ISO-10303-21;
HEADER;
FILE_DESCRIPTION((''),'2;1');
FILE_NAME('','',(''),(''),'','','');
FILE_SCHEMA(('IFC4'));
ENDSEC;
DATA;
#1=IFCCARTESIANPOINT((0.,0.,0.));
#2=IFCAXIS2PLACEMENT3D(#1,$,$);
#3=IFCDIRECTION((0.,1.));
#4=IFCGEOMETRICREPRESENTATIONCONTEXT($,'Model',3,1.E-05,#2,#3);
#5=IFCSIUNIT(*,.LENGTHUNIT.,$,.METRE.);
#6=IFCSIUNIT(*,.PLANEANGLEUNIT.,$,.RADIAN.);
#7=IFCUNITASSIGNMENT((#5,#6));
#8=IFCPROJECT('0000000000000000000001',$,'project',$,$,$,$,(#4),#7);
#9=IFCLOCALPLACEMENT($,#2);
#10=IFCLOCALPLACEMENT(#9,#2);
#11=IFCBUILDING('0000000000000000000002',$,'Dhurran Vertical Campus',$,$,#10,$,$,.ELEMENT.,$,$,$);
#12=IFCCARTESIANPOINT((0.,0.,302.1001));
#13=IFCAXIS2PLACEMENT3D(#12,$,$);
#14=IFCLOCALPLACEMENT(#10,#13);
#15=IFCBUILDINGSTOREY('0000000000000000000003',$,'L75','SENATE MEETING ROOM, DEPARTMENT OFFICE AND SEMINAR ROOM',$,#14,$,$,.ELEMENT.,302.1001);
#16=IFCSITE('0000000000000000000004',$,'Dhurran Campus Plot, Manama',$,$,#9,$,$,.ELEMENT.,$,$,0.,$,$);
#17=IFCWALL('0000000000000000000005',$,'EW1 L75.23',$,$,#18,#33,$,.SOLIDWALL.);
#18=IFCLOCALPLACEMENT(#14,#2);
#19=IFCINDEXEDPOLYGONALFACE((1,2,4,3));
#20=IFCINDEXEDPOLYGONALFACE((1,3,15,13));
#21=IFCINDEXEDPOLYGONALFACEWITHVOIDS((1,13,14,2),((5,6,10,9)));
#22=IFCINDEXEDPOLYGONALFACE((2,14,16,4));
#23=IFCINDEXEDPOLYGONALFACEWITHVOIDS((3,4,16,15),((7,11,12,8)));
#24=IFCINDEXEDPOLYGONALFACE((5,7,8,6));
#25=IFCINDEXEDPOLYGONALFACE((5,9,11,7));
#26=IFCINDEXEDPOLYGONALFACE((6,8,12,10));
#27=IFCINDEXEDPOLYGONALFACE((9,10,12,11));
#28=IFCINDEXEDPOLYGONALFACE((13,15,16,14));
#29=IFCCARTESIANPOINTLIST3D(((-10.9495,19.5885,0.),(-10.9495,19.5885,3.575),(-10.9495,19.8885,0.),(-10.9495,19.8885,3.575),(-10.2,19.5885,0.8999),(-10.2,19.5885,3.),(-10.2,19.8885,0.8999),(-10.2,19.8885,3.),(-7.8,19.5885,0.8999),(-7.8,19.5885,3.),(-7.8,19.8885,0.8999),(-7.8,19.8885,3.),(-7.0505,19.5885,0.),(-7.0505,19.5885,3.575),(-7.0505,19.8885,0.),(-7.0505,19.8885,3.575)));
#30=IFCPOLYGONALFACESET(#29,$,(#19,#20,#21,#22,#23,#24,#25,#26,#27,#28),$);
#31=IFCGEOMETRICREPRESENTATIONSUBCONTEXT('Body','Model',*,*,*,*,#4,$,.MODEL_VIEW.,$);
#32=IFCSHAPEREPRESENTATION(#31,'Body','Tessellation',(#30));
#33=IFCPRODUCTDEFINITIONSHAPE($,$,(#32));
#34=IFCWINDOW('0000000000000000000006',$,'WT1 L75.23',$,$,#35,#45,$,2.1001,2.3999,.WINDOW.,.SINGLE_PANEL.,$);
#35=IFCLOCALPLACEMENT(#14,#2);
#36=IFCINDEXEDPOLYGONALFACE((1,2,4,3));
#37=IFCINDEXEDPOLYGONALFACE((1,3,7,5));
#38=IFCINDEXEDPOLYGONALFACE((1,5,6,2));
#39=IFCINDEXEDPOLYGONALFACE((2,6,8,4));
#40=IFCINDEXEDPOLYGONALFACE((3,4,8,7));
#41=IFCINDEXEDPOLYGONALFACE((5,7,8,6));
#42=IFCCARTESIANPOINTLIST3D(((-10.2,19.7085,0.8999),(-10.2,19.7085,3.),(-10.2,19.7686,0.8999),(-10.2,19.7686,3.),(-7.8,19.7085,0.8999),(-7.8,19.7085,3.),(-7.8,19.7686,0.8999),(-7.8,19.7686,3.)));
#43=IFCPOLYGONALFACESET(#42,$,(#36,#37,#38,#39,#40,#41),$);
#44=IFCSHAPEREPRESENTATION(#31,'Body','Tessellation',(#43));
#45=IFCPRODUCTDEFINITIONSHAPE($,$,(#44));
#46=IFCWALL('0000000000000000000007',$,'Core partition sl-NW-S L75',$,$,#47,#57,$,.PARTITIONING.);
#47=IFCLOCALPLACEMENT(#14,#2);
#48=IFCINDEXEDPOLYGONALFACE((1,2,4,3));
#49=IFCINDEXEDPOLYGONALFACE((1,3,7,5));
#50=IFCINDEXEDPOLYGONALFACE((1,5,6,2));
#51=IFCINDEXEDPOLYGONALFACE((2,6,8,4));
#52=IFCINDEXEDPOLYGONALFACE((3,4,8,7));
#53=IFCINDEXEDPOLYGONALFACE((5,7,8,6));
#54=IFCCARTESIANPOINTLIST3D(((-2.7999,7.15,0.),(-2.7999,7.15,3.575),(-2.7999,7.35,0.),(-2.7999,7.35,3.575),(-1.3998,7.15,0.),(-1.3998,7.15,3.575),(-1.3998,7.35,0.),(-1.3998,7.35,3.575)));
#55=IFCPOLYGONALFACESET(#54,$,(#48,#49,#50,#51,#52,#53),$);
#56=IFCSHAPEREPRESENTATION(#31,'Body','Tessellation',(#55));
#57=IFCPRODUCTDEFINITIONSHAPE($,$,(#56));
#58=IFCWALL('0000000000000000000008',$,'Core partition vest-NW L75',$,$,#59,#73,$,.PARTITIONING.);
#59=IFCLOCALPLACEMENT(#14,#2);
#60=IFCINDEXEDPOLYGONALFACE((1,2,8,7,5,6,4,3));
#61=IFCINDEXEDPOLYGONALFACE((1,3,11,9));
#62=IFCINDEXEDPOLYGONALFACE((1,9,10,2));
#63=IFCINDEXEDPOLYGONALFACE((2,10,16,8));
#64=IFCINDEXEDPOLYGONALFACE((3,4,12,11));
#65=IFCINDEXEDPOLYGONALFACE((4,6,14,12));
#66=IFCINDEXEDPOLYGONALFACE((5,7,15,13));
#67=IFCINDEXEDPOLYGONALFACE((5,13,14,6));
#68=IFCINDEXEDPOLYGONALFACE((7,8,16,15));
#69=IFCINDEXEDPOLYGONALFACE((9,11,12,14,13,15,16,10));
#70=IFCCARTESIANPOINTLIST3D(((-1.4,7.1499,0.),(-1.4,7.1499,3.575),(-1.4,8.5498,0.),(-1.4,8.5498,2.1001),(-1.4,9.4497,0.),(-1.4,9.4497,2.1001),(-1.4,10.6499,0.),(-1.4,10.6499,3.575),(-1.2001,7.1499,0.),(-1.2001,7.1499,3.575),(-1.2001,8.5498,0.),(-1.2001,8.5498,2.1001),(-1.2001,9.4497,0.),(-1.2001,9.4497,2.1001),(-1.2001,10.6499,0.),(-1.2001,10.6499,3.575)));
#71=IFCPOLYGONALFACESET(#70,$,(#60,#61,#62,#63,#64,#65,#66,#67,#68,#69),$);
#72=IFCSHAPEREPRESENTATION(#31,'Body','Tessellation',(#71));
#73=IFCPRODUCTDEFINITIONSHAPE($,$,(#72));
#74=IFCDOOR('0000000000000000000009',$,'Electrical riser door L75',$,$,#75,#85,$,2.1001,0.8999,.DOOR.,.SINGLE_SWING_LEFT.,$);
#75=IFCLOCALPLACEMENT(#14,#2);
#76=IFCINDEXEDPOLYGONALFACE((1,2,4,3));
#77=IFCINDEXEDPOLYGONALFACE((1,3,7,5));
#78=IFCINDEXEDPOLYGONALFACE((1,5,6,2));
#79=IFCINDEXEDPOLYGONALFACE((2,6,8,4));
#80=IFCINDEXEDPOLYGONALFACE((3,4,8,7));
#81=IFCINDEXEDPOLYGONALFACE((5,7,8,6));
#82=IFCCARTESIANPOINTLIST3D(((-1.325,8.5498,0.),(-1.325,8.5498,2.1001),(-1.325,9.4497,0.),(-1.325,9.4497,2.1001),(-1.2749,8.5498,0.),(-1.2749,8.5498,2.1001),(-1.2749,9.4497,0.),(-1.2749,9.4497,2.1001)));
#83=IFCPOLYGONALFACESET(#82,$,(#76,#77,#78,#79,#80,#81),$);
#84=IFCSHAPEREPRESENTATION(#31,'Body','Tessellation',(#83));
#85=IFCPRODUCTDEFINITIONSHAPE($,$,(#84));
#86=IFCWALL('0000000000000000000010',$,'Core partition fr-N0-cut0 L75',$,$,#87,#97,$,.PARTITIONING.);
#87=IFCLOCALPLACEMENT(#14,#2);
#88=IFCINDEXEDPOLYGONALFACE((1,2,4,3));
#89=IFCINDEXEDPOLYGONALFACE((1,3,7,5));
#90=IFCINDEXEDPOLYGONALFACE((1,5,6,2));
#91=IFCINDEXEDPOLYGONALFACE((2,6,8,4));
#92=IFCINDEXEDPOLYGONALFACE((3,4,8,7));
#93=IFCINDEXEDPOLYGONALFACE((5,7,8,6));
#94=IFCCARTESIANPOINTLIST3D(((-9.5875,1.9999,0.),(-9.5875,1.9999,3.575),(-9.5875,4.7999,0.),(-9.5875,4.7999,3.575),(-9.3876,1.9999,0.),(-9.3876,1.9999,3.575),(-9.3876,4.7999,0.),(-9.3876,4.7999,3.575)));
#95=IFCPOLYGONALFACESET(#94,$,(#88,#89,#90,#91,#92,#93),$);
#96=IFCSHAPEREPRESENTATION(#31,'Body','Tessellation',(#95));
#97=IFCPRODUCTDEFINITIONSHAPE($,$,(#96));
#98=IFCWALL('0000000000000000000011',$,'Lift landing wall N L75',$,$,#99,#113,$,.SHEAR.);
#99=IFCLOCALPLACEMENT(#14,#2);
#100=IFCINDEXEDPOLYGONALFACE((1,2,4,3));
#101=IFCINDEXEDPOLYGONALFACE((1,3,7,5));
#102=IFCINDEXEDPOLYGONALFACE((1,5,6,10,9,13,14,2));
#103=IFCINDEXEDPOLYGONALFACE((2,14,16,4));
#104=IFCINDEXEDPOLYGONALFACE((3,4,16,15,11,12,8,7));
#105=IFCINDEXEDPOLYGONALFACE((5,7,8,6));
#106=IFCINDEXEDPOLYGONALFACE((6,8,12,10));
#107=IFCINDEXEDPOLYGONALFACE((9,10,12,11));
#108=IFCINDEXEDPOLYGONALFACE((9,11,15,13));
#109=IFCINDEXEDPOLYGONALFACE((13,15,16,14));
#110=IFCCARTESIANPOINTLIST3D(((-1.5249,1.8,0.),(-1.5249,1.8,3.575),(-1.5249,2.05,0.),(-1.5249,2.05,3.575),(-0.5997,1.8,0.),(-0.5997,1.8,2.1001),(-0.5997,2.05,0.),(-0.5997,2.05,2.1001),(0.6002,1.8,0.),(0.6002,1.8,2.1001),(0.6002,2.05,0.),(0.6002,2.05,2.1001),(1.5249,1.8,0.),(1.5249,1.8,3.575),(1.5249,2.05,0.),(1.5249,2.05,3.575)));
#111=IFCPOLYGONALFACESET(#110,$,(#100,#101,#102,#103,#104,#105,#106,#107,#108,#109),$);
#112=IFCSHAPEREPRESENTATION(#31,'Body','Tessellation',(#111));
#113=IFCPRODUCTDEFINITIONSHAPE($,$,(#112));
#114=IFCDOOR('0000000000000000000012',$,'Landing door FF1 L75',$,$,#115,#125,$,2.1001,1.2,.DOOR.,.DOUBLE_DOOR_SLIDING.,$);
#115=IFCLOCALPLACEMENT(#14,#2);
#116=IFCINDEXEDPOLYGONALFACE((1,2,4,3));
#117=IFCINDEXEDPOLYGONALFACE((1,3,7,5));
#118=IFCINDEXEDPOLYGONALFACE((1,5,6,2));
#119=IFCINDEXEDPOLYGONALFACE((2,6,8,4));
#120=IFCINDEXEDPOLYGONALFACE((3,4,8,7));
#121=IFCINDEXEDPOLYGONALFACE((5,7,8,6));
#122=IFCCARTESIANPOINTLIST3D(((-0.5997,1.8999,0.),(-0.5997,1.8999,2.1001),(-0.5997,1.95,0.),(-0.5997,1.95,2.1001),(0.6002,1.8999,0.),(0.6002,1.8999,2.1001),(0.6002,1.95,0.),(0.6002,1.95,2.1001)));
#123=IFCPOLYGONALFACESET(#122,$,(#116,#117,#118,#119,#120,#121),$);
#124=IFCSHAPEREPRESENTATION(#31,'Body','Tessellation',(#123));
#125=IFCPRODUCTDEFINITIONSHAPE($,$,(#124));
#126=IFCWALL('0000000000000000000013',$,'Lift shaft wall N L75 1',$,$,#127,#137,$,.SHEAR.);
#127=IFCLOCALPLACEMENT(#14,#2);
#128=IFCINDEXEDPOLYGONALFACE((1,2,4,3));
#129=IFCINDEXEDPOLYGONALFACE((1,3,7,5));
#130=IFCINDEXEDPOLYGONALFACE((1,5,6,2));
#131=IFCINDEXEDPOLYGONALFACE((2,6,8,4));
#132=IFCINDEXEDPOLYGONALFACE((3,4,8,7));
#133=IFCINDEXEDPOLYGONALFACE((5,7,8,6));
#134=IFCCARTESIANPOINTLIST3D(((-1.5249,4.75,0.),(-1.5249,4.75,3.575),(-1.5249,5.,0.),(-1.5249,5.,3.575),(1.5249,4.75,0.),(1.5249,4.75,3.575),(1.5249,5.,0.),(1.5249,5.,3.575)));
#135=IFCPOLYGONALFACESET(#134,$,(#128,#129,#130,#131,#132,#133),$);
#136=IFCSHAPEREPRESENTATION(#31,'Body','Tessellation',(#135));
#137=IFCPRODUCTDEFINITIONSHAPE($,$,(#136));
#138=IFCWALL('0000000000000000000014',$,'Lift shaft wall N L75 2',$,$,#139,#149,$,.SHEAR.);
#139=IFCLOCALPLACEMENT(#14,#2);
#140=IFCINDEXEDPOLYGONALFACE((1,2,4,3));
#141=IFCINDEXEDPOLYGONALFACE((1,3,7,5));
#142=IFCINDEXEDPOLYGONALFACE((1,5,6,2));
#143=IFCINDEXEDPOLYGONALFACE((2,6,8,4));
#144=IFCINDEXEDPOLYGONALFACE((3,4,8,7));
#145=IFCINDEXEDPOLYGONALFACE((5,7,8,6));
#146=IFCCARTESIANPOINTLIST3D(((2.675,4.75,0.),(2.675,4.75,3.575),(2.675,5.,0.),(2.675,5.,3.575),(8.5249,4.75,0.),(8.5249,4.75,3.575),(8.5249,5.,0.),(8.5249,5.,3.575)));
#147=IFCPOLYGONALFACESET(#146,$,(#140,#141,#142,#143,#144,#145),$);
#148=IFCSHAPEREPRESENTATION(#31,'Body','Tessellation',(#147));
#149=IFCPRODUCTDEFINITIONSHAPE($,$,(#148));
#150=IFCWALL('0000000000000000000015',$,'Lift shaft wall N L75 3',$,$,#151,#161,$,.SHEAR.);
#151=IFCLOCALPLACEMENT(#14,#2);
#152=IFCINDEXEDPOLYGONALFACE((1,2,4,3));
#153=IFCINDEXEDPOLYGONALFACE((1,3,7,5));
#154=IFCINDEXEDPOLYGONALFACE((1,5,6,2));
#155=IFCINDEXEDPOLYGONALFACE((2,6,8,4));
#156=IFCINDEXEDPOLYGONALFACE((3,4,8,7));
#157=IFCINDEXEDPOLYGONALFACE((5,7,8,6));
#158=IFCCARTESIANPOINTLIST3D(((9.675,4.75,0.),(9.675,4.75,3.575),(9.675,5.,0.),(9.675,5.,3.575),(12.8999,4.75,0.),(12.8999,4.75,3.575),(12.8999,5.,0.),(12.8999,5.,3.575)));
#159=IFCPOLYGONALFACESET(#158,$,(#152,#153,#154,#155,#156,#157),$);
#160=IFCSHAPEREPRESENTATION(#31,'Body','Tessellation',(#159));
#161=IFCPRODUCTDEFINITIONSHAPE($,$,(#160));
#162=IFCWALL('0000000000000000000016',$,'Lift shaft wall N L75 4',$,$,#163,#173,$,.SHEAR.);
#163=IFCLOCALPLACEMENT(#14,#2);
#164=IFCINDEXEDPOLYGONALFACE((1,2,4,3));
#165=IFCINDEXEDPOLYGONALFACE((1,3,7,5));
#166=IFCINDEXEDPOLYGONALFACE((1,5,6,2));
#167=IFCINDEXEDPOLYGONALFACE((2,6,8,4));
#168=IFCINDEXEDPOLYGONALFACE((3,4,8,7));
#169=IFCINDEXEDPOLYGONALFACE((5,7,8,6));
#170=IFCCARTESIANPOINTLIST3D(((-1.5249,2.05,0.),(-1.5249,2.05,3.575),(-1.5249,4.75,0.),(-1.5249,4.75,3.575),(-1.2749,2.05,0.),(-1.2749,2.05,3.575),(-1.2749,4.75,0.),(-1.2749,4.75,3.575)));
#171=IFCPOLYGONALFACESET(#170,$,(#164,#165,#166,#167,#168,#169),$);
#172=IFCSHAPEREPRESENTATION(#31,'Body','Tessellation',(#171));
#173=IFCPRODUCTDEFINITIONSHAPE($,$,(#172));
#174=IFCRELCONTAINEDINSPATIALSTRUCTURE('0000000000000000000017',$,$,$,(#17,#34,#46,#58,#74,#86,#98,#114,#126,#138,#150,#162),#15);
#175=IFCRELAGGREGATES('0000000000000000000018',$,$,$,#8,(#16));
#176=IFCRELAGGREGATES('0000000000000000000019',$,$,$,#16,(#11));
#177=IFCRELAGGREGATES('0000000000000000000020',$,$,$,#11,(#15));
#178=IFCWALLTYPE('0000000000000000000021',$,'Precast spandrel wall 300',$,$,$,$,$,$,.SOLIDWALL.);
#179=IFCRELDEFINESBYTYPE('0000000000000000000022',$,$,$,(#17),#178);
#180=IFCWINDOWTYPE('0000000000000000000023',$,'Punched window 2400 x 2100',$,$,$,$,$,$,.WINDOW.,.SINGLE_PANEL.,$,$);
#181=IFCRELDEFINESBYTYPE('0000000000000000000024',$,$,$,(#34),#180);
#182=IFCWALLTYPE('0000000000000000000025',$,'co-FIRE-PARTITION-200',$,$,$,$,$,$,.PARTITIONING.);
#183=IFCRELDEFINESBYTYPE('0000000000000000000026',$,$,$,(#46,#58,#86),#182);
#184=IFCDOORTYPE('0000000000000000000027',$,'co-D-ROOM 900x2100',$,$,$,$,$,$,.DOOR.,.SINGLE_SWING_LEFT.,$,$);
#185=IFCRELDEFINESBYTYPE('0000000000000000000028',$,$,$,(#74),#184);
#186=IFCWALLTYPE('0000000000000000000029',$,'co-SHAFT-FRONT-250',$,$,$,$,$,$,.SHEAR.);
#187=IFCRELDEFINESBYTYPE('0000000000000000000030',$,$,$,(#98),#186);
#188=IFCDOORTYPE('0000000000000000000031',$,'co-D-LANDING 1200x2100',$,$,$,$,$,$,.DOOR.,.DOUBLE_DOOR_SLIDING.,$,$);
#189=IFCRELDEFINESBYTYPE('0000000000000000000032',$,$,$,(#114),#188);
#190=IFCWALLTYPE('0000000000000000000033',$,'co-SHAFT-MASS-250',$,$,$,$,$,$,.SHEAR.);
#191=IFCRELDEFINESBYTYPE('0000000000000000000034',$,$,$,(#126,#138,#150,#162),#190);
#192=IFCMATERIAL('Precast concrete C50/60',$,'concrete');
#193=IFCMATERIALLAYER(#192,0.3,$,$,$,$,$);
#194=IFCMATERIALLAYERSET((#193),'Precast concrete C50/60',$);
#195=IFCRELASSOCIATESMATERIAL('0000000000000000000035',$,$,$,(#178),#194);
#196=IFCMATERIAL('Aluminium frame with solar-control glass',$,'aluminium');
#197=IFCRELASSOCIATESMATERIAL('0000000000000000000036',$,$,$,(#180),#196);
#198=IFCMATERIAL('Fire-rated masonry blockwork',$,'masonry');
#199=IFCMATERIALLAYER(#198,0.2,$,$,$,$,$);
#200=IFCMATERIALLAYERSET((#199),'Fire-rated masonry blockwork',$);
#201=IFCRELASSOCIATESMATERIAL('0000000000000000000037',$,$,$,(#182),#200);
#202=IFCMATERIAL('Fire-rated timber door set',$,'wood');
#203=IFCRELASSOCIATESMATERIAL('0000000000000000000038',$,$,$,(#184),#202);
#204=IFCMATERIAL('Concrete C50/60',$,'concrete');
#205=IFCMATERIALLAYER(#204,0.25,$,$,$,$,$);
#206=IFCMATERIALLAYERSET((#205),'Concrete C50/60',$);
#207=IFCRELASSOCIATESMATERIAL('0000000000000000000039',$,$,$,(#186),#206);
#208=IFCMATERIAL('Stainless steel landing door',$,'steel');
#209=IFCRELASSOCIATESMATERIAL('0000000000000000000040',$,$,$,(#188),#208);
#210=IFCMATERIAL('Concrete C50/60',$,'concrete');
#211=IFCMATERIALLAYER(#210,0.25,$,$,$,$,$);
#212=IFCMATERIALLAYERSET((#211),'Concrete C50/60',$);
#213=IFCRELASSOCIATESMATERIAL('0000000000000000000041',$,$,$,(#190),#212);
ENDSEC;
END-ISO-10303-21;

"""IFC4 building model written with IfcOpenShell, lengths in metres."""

from ifc_helpers import new_model, si_unit, direction, frame, frame_2d, origin, place, context, subcontext, project, spatial, polyline, rectangle, outline, extrude, material, layer, layer_set, type_object, element, fill, save


model = new_model("IFC4")

# Units and contexts
model_context = context("Model", 3, precision=1e-05, world=origin(), true_north=direction((0.0, 1.0)))
body_context = subcontext(model_context, "Body", "Model", "MODEL_VIEW")
ifc_project = project(units=[si_unit("LENGTHUNIT", "METRE"), si_unit("PLANEANGLEUNIT", "RADIAN")], contexts=[model_context])

# Site, building, storey
site_placement = place(None, origin())
site = spatial("IfcSite", under=ifc_project, at=site_placement, Name="Dhurran Campus Plot, Manama", CompositionType="ELEMENT", RefElevation=0.0)
building_placement = place(site_placement, origin())
building = spatial("IfcBuilding", under=site, at=building_placement, Name="Dhurran Vertical Campus", CompositionType="ELEMENT")
storey_placement = place(building_placement, frame((0.0, 0.0, 302.1001)))
storey = spatial("IfcBuildingStorey", under=building, at=storey_placement, Name="L75", Description="SENATE MEETING ROOM, DEPARTMENT OFFICE AND SEMINAR ROOM", CompositionType="ELEMENT", Elevation=302.1001)

# Wall, opening, window
ifc_material_1 = material(Name="Precast concrete C50/60", Category="concrete")
ifc_layer_1 = layer(ifc_material_1, 0.3)
ifc_layer_set_1 = layer_set([ifc_layer_1], Name="Precast concrete C50/60")
wall_type_1 = type_object("IfcWallType", Name="Precast spandrel wall 300", PredefinedType="SOLIDWALL", material=ifc_layer_set_1)
ifc_material_2 = material(Name="Aluminium frame with solar-control glass", Category="aluminium")
window_type = type_object("IfcWindowType", Name="Punched window 2400 x 2100", PartitioningType="SINGLE_PANEL", PredefinedType="WINDOW", material=ifc_material_2)
wall_1_placement = place(storey_placement, frame((-7.0505, 19.7385, 0.0), z_axis=(0.0, 0.0, 1.0), x_axis=(-1.0, 0.0, 0.0)))
wall_1 = element("IfcWall", 1, at=wall_1_placement, inside=storey, type_object=wall_type_1, Name="EW1 L75.23", PredefinedType="SOLIDWALL", context=body_context, shape_type="SweptSolid", body=[
    extrude(rectangle(XDim=3.8989, YDim=0.3, at=frame_2d((1.9495, 0.0))), origin(), (0.0, 0.0, 1.0), 3.575),
])
opening_1_placement = place(wall_1_placement, frame((0.7495, 0.0, 0.8999)))
opening_1 = element("IfcOpeningElement", 2, at=opening_1_placement, cuts=wall_1, PredefinedType="OPENING", context=body_context, shape_type="SweptSolid", body=[
    extrude(rectangle(XDim=2.3999, YDim=2.1001, at=frame_2d((1.2, 1.05))), frame((0.0, 0.1599, 0.0), z_axis=(0.0, -1.0, 0.0), x_axis=(1.0, 0.0, 0.0)), (0.0, 0.0, 1.0), 0.3201),
])
window_1_placement = place(opening_1_placement, origin())
window_1 = element("IfcWindow", 3, at=window_1_placement, inside=storey, type_object=window_type, Name="WT1 L75.23", OverallHeight=2.1001, OverallWidth=2.3999, PartitioningType="SINGLE_PANEL", PredefinedType="WINDOW", context=body_context, shape_type="SweptSolid", body=[
    extrude(rectangle(XDim=2.3999, YDim=2.1001, at=frame_2d((1.2, 1.05))), frame((0.0, 0.03, 0.0), z_axis=(0.0, -1.0, 0.0), x_axis=(1.0, 0.0, 0.0)), (0.0, 0.0, 1.0), 0.0601),
])
fill(opening_1, window_1)

# Wall
ifc_material_3 = material(Name="Fire-rated masonry blockwork", Category="masonry")
ifc_layer_2 = layer(ifc_material_3, 0.2)
ifc_layer_set_2 = layer_set([ifc_layer_2], Name="Fire-rated masonry blockwork")
wall_type_2 = type_object("IfcWallType", Name="co-FIRE-PARTITION-200", PredefinedType="PARTITIONING", material=ifc_layer_set_2)
wall_2_placement = place(storey_placement, frame((-2.8, 7.25, 0.0), z_axis=(0.0, 0.0, 1.0), x_axis=(1.0, 0.0, 0.0)))
element("IfcWall", 4, at=wall_2_placement, inside=storey, type_object=wall_type_2, Name="Core partition sl-NW-S L75", PredefinedType="PARTITIONING", context=body_context, shape_type="SweptSolid", body=[
    extrude(rectangle(XDim=1.4001, YDim=0.2, at=frame_2d((0.7002, 0.0))), origin(), (0.0, 0.0, 1.0), 3.575),
])

# Wall, opening, door
wall_3_placement = place(storey_placement, frame((-1.3, 7.1499, 0.0), z_axis=(0.0, 0.0, 1.0), x_axis=(0.0, 1.0, 0.0)))
wall_3 = element("IfcWall", 5, at=wall_3_placement, inside=storey, type_object=wall_type_2, Name="Core partition vest-NW L75", PredefinedType="PARTITIONING", context=body_context, shape_type="SweptSolid", body=[
    extrude(rectangle(XDim=3.5, YDim=0.2, at=frame_2d((1.75, 0.0))), origin(), (0.0, 0.0, 1.0), 3.575),
])
opening_2_placement = place(wall_3_placement, frame((1.3999, 0.0, 0.0)))
opening_2 = element("IfcOpeningElement", 6, at=opening_2_placement, cuts=wall_3, PredefinedType="OPENING", context=body_context, shape_type="SweptSolid", body=[
    extrude(rectangle(XDim=0.8999, YDim=2.1001, at=frame_2d((0.45, 1.05))), frame((0.0, 0.1099, 0.0), z_axis=(0.0, -1.0, 0.0), x_axis=(1.0, 0.0, 0.0)), (0.0, 0.0, 1.0), 0.22),
])
ifc_material_4 = material(Name="Fire-rated timber door set", Category="wood")
door_type_1 = type_object("IfcDoorType", Name="co-D-ROOM 900x2100", OperationType="SINGLE_SWING_LEFT", PredefinedType="DOOR", material=ifc_material_4)
door_1_placement = place(opening_2_placement, origin())
door_1 = element("IfcDoor", 7, at=door_1_placement, inside=storey, type_object=door_type_1, Name="Electrical riser door L75", OperationType="SINGLE_SWING_LEFT", OverallHeight=2.1001, OverallWidth=0.8999, PredefinedType="DOOR", context=body_context, shape_type="SweptSolid", body=[
    extrude(rectangle(XDim=0.8999, YDim=2.1001, at=frame_2d((0.45, 1.05))), frame((0.0, 0.0249, 0.0), z_axis=(0.0, -1.0, 0.0), x_axis=(1.0, 0.0, 0.0)), (0.0, 0.0, 1.0), 0.05),
])
fill(opening_2, door_1)

# Wall
wall_4_placement = place(storey_placement, frame((-9.4875, 2.0, 0.0), z_axis=(0.0, 0.0, 1.0), x_axis=(0.0, 1.0, 0.0)))
element("IfcWall", 8, at=wall_4_placement, inside=storey, type_object=wall_type_2, Name="Core partition fr-N0-cut0 L75", PredefinedType="PARTITIONING", context=body_context, shape_type="SweptSolid", body=[
    extrude(rectangle(XDim=2.8, YDim=0.2, at=frame_2d((1.3999, 0.0))), origin(), (0.0, 0.0, 1.0), 3.575),
])

# Wall, opening, door
ifc_material_5 = material(Name="Concrete C50/60", Category="concrete")
ifc_layer_3 = layer(ifc_material_5, 0.25)
ifc_layer_set_3 = layer_set([ifc_layer_3], Name="Concrete C50/60")
wall_type_3 = type_object("IfcWallType", Name="co-SHAFT-FRONT-250", PredefinedType="SHEAR", material=ifc_layer_set_3)
wall_5_placement = place(storey_placement, frame((-1.5249, 1.925, 0.0), z_axis=(0.0, 0.0, 1.0), x_axis=(1.0, 0.0, 0.0)))
wall_5 = element("IfcWall", 9, at=wall_5_placement, inside=storey, type_object=wall_type_3, Name="Lift landing wall N L75", PredefinedType="SHEAR", context=body_context, shape_type="SweptSolid", body=[
    extrude(rectangle(XDim=3.0498, YDim=0.25, at=frame_2d((1.5249, 0.0))), origin(), (0.0, 0.0, 1.0), 3.575),
])
opening_3_placement = place(wall_5_placement, frame((0.925, 0.0, 0.0)))
opening_3 = element("IfcOpeningElement", 10, at=opening_3_placement, cuts=wall_5, PredefinedType="OPENING", context=body_context, shape_type="SweptSolid", body=[
    extrude(rectangle(XDim=1.2, YDim=2.1001, at=frame_2d((0.6001, 1.05))), frame((0.0, 0.135, 0.0), z_axis=(0.0, -1.0, 0.0), x_axis=(1.0, 0.0, 0.0)), (0.0, 0.0, 1.0), 0.27),
])
ifc_material_6 = material(Name="Stainless steel landing door", Category="steel")
door_type_2 = type_object("IfcDoorType", Name="co-D-LANDING 1200x2100", OperationType="DOUBLE_DOOR_SLIDING", PredefinedType="DOOR", material=ifc_material_6)
door_2_placement = place(opening_3_placement, origin())
door_2 = element("IfcDoor", 11, at=door_2_placement, inside=storey, type_object=door_type_2, Name="Landing door FF1 L75", OperationType="DOUBLE_DOOR_SLIDING", OverallHeight=2.1001, OverallWidth=1.2, PredefinedType="DOOR", context=body_context, shape_type="SweptSolid", body=[
    extrude(rectangle(XDim=1.2, YDim=2.1001, at=frame_2d((0.6001, 1.05))), frame((0.0, 0.0249, 0.0), z_axis=(0.0, -1.0, 0.0), x_axis=(1.0, 0.0, 0.0)), (0.0, 0.0, 1.0), 0.05),
])
fill(opening_3, door_2)

# Walls
ifc_material_7 = material(Name="Concrete C50/60", Category="concrete")
ifc_layer_4 = layer(ifc_material_7, 0.25)
ifc_layer_set_4 = layer_set([ifc_layer_4], Name="Concrete C50/60")
wall_type_4 = type_object("IfcWallType", Name="co-SHAFT-MASS-250", PredefinedType="SHEAR", material=ifc_layer_set_4)
wall_6_placement = place(storey_placement, origin())
element("IfcWall", 12, at=wall_6_placement, inside=storey, type_object=wall_type_4, Name="Lift shaft wall N L75 1", PredefinedType="SHEAR", context=body_context, shape_type="SweptSolid", body=[
    extrude(outline(polyline([(-1.5249, 4.75), (1.5249, 4.75), (1.5249, 5.0), (-1.5249, 5.0), (-1.5249, 4.75)])), origin(), (0.0, 0.0, 1.0), 3.575),
])
wall_7_placement = place(storey_placement, origin())
element("IfcWall", 13, at=wall_7_placement, inside=storey, type_object=wall_type_4, Name="Lift shaft wall N L75 2", PredefinedType="SHEAR", context=body_context, shape_type="SweptSolid", body=[
    extrude(outline(polyline([(2.675, 4.75), (8.5249, 4.75), (8.5249, 5.0), (2.675, 5.0), (2.675, 4.75)])), origin(), (0.0, 0.0, 1.0), 3.575),
])
wall_8_placement = place(storey_placement, origin())
element("IfcWall", 14, at=wall_8_placement, inside=storey, type_object=wall_type_4, Name="Lift shaft wall N L75 3", PredefinedType="SHEAR", context=body_context, shape_type="SweptSolid", body=[
    extrude(outline(polyline([(9.675, 4.75), (12.8999, 4.75), (12.8999, 5.0), (9.675, 5.0), (9.675, 4.75)])), origin(), (0.0, 0.0, 1.0), 3.575),
])
wall_9_placement = place(storey_placement, origin())
element("IfcWall", 15, at=wall_9_placement, inside=storey, type_object=wall_type_4, Name="Lift shaft wall N L75 4", PredefinedType="SHEAR", context=body_context, shape_type="SweptSolid", body=[
    extrude(outline(polyline([(-1.5249, 2.05), (-1.2749, 2.05), (-1.2749, 4.75), (-1.5249, 4.75), (-1.5249, 2.05)])), origin(), (0.0, 0.0, 1.0), 3.575),
])

save(model, "model.ifc")
